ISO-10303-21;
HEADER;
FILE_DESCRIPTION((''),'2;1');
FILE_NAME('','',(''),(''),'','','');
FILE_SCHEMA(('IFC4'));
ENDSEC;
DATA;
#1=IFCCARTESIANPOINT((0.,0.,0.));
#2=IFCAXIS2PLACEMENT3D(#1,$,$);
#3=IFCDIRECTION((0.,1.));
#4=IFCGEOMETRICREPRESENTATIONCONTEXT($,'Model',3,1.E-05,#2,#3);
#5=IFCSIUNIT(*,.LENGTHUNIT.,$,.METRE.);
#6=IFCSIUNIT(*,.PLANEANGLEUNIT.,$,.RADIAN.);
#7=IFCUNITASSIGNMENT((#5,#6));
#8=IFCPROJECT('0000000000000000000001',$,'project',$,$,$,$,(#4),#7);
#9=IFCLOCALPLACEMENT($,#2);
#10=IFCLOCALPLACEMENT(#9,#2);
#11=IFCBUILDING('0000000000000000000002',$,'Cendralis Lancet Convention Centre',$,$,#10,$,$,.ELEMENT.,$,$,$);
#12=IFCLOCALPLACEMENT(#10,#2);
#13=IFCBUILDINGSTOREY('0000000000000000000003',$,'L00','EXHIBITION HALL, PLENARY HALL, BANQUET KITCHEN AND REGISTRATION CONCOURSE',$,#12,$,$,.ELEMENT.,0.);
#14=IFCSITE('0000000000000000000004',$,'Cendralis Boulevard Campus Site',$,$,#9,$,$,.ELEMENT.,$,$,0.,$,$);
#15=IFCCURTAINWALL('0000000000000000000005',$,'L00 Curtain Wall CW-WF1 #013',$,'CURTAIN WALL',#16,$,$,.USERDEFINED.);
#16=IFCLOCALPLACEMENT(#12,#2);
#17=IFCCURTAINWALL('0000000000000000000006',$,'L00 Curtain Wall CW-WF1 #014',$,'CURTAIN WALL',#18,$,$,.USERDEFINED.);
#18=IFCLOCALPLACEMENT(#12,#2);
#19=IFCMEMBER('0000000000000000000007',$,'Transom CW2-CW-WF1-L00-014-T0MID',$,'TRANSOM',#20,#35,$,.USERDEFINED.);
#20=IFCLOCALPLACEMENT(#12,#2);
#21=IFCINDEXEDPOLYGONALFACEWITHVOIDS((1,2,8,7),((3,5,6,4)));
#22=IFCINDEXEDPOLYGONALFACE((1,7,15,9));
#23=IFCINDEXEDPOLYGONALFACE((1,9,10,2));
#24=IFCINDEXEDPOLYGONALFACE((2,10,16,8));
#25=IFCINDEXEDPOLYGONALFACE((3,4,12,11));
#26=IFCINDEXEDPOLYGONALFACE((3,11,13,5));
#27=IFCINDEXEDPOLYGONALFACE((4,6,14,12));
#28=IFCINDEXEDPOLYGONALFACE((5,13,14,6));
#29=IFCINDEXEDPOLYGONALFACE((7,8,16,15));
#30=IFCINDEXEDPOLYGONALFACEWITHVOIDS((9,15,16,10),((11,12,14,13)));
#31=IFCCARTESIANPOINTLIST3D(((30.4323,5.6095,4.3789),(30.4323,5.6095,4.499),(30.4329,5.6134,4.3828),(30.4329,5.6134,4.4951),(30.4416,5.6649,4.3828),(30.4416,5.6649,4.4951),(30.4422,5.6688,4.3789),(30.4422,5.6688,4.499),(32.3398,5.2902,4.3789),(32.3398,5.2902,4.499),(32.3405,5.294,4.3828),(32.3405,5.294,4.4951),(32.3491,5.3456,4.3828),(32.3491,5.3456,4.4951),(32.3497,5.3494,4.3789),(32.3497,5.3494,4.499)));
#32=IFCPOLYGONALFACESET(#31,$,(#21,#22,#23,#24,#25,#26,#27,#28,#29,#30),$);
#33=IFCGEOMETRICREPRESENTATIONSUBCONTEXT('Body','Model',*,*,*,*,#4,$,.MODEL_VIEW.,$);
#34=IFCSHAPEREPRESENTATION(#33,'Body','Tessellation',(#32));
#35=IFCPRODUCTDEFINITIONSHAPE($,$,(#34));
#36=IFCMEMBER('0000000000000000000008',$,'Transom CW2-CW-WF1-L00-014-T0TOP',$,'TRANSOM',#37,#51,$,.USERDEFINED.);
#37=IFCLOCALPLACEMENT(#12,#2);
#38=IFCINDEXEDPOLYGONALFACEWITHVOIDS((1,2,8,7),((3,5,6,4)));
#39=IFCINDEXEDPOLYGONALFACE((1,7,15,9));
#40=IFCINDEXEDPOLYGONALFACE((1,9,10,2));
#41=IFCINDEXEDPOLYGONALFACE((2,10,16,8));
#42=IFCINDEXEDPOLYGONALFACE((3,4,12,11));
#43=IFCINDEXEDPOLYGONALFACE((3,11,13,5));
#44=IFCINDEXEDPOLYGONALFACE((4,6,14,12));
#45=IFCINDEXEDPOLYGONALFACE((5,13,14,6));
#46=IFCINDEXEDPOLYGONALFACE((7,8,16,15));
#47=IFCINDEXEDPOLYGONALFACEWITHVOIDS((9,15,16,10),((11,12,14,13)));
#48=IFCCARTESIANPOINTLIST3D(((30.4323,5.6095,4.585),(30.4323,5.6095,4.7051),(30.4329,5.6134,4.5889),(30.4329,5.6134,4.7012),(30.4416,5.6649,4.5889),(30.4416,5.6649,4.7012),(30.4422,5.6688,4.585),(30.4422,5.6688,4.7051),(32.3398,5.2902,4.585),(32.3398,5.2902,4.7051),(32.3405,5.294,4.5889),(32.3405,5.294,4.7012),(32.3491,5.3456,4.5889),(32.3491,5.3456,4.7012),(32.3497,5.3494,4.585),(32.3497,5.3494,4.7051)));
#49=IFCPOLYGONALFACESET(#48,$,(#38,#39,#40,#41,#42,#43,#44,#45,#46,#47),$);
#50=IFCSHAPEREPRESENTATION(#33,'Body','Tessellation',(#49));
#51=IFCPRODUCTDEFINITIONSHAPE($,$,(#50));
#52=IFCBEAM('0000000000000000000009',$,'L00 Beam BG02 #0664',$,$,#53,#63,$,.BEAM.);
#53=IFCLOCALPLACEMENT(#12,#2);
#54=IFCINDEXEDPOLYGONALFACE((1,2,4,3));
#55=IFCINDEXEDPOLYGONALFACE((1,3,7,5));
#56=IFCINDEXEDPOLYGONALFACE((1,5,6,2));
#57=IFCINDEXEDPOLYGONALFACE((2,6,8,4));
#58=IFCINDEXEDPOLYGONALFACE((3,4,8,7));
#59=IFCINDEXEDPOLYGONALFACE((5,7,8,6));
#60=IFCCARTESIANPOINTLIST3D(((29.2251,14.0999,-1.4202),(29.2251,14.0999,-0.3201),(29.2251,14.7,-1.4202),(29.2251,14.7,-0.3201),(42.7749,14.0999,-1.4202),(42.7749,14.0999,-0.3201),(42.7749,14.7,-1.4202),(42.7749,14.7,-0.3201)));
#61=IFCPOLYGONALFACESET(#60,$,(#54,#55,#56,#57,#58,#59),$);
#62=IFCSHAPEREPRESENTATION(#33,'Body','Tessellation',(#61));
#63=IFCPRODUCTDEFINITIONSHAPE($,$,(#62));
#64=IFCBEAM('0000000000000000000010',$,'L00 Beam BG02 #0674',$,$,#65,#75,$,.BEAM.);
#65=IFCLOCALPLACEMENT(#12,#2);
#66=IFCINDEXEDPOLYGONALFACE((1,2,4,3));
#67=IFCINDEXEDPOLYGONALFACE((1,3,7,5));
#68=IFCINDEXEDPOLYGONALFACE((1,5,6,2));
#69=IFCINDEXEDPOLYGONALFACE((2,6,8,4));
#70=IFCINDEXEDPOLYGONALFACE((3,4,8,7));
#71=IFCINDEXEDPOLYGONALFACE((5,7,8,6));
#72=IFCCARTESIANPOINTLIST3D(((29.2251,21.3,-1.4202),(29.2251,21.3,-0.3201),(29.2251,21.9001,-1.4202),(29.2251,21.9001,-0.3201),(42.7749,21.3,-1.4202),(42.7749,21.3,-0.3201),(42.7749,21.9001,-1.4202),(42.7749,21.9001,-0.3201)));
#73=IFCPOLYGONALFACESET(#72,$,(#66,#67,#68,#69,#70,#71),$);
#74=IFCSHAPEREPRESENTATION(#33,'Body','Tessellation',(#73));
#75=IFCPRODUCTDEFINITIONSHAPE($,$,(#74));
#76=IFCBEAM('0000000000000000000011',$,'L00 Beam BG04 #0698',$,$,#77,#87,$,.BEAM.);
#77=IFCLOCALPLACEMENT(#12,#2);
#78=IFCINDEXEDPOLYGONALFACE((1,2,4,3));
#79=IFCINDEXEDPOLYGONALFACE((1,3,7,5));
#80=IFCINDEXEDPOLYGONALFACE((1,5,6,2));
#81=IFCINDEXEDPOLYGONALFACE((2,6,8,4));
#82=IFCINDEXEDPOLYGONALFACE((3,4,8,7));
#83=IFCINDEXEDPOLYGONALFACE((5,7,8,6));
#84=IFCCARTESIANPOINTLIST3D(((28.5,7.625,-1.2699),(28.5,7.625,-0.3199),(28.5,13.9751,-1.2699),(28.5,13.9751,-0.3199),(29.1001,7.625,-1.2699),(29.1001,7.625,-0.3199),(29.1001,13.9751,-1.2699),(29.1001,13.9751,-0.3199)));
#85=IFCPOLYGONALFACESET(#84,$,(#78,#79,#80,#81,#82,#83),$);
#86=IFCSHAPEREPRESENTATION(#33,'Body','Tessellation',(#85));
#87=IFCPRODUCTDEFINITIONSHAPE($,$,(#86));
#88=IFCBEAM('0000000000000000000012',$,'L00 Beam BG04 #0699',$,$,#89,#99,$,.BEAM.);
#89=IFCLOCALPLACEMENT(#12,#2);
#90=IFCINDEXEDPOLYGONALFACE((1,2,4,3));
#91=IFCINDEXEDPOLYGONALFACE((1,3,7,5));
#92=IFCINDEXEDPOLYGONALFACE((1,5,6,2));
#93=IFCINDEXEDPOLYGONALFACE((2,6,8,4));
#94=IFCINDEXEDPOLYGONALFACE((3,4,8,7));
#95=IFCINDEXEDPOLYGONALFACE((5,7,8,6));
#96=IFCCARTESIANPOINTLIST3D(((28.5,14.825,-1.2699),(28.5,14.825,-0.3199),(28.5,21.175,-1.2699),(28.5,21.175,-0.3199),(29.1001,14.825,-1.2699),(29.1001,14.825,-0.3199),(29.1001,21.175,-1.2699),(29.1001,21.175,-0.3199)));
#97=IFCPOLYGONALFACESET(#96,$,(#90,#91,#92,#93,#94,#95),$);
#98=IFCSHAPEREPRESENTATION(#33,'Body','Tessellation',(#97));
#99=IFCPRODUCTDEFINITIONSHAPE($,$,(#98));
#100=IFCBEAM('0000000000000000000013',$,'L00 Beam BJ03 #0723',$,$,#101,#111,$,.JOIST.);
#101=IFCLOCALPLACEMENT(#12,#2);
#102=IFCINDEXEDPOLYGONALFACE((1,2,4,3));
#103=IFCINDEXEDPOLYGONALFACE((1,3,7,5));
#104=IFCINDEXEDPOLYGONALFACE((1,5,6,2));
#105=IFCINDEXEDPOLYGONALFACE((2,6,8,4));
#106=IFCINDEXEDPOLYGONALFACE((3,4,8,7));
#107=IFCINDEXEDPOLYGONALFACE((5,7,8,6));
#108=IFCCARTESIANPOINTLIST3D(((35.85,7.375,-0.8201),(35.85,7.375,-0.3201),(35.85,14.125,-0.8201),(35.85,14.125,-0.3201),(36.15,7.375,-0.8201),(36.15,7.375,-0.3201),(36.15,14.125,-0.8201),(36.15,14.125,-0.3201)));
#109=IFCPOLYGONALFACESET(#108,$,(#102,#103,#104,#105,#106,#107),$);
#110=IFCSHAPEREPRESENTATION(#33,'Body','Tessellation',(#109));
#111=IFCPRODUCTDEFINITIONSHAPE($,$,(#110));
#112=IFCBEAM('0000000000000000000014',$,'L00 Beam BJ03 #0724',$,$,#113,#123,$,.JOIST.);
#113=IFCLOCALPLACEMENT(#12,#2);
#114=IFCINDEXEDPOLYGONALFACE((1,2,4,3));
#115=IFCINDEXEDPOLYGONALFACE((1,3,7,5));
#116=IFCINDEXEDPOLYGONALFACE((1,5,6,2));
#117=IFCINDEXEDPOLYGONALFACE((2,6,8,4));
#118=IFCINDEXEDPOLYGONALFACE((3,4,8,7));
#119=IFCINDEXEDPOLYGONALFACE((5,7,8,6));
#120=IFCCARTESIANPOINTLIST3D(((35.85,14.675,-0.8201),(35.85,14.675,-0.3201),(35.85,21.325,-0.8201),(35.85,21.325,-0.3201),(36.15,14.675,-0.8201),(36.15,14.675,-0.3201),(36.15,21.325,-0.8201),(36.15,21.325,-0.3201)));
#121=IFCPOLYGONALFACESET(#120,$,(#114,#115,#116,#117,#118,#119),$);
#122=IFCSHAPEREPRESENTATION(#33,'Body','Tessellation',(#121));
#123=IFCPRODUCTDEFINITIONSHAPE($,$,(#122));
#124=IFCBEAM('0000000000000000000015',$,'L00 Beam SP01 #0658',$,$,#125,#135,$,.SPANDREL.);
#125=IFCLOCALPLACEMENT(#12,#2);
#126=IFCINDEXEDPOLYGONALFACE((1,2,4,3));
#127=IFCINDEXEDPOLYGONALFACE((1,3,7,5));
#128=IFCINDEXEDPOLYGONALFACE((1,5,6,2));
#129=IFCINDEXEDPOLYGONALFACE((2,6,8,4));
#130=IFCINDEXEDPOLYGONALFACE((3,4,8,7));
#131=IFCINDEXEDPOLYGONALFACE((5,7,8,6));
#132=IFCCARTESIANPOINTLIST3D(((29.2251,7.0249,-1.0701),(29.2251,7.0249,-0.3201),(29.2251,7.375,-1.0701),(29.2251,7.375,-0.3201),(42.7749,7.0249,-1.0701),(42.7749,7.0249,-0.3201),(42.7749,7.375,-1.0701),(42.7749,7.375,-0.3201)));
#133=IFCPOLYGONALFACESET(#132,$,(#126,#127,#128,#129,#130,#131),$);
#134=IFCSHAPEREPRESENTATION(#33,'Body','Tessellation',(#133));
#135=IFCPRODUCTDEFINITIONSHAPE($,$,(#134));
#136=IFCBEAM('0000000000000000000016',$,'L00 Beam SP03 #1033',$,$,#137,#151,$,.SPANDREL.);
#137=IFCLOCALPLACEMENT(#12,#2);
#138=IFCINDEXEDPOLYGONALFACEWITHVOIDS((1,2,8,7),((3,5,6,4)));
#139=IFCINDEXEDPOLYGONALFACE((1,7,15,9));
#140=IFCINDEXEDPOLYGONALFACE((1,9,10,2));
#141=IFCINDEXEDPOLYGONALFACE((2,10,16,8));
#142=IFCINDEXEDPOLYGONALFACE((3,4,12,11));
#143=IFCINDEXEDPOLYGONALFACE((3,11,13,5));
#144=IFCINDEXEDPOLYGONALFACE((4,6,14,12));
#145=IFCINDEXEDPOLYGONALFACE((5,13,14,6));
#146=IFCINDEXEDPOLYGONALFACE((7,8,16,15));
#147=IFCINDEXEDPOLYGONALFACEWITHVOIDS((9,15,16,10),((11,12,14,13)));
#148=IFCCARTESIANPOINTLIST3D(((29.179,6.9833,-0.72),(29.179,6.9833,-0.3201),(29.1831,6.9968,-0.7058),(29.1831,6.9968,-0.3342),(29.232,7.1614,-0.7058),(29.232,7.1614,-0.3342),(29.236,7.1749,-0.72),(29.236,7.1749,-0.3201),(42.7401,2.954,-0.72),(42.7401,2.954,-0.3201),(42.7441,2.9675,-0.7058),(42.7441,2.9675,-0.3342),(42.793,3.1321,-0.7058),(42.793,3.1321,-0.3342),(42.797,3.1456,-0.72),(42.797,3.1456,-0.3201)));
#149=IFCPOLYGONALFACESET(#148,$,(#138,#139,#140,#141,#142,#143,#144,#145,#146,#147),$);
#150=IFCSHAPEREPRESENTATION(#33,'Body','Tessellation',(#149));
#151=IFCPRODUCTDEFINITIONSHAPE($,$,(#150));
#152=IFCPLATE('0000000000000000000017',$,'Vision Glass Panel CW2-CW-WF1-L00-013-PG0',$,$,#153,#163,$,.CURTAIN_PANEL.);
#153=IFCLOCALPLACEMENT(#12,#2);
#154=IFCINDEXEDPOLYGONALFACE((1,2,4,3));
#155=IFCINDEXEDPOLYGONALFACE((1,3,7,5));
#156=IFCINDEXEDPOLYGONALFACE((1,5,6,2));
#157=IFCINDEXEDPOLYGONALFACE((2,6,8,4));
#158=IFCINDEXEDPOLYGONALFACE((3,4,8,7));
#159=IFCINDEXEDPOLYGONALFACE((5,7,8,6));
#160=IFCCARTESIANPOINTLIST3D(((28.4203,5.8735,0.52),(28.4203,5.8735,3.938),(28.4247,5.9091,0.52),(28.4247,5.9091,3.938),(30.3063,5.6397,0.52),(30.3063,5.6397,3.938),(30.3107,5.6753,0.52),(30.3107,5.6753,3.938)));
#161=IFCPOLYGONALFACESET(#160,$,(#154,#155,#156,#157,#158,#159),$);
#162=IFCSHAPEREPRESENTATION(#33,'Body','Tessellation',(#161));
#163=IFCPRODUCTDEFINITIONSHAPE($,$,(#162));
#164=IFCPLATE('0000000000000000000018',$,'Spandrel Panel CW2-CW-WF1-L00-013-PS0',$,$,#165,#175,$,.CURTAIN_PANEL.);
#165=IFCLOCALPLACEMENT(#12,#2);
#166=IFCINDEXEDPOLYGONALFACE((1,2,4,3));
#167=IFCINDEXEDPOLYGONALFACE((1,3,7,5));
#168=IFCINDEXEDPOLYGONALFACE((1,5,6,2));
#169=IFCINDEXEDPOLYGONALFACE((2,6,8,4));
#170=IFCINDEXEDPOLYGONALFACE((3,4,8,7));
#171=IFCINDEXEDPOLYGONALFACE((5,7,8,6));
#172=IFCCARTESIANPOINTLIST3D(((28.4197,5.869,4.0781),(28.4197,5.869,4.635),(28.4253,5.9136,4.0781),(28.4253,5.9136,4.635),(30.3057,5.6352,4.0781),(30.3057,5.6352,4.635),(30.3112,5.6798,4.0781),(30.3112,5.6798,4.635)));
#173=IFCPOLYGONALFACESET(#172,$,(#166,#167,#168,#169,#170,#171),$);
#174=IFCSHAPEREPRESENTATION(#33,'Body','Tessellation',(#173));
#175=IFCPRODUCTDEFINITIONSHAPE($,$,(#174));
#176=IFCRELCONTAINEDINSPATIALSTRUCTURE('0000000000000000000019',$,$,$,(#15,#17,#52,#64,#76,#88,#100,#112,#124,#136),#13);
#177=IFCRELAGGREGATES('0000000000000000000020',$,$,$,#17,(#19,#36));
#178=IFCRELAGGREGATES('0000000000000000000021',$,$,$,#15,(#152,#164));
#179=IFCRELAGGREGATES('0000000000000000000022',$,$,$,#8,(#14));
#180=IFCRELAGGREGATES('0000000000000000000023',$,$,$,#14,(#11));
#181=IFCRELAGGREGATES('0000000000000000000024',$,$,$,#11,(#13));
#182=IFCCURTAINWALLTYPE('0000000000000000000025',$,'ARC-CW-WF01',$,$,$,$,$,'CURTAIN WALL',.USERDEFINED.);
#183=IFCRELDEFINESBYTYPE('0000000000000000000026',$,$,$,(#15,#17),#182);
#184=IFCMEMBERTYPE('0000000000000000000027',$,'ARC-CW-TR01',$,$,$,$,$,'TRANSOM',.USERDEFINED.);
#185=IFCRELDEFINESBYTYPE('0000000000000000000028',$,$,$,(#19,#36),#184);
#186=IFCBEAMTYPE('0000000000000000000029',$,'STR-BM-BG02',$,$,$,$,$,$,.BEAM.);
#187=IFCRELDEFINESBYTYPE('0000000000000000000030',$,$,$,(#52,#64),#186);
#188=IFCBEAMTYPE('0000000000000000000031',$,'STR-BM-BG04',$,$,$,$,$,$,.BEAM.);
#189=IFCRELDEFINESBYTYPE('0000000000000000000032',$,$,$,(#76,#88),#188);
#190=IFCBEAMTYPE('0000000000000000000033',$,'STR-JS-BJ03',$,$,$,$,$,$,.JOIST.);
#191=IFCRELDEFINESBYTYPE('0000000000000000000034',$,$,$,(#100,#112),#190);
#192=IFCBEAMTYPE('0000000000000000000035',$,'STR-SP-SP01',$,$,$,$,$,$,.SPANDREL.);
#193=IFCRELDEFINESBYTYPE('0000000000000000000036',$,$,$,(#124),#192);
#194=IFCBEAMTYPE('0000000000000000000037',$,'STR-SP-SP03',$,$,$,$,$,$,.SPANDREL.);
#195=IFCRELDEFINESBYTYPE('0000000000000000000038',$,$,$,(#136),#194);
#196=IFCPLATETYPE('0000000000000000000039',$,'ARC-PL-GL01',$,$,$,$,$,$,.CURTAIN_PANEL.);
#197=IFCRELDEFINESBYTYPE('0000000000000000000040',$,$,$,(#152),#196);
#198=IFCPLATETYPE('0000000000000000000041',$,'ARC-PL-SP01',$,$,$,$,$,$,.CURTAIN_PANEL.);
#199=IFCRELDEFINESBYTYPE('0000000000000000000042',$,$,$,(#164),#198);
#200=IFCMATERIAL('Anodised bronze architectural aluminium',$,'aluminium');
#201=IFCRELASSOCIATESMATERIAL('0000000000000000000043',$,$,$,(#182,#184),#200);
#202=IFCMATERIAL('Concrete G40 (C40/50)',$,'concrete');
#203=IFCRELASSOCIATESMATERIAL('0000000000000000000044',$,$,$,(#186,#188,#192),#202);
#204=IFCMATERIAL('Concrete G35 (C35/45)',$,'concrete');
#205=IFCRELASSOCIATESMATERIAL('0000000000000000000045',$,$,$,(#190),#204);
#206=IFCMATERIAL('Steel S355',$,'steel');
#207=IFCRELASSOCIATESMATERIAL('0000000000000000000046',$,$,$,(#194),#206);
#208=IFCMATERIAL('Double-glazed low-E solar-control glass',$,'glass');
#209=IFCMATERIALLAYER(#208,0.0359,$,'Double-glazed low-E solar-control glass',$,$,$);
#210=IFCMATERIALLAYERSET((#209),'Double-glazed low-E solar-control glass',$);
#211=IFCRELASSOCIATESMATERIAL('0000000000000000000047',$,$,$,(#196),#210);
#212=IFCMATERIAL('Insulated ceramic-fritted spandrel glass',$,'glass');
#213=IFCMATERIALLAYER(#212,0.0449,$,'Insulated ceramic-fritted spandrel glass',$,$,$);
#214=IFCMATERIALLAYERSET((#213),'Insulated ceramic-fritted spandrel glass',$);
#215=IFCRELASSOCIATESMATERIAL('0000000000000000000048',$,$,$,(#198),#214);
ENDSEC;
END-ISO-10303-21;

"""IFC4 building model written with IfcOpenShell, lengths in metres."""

from ifc_helpers import new_model, si_unit, direction, frame, origin, origin_2d, place, context, subcontext, project, spatial, rectangle, hollow_rectangle, extrude, material, layer, layer_set, material_profile, profile_set, type_object, element, aggregate, save


model = new_model("IFC4")

# Units and contexts
model_context = context("Model", 3, precision=1e-05, world=origin(), true_north=direction((0.0, 1.0)))
body_context = subcontext(model_context, "Body", "Model", "MODEL_VIEW")
ifc_project = project(units=[si_unit("LENGTHUNIT", "METRE"), si_unit("PLANEANGLEUNIT", "RADIAN")], contexts=[model_context])

# Site, building, storey
site_placement = place(None, origin())
site = spatial("IfcSite", under=ifc_project, at=site_placement, Name="Cendralis Boulevard Campus Site", CompositionType="ELEMENT", RefElevation=0.0)
building_placement = place(site_placement, origin())
building = spatial("IfcBuilding", under=site, at=building_placement, Name="Cendralis Lancet Convention Centre", CompositionType="ELEMENT")
storey_placement = place(building_placement, origin())
storey = spatial("IfcBuildingStorey", under=building, at=storey_placement, Name="L00", Description="EXHIBITION HALL, PLENARY HALL, BANQUET KITCHEN AND REGISTRATION CONCOURSE", CompositionType="ELEMENT", Elevation=0.0)

# Shared definitions
ifc_material_1 = material(Name="Concrete G35 (C35/45)", Category="concrete")

# Shared definitions
ifc_material_2 = material(Name="Concrete G40 (C40/50)", Category="concrete")

# Curtain wall
ifc_material_3 = material(Name="Anodised bronze architectural aluminium", Category="aluminium")
curtain_wall_type = type_object("IfcCurtainWallType", Name="ARC-CW-WF01", ElementType="CURTAIN WALL", PredefinedType="USERDEFINED", material=ifc_material_3)
curtain_wall_1_placement = place(storey_placement, origin())
curtain_wall_1 = element("IfcCurtainWall", 1, at=curtain_wall_1_placement, inside=storey, type_object=curtain_wall_type, Name="L00 Curtain Wall CW-WF1 #013", ObjectType="CURTAIN WALL", PredefinedType="USERDEFINED")

# Curtain wall, members
curtain_wall_2_placement = place(storey_placement, origin())
curtain_wall_2 = element("IfcCurtainWall", 2, at=curtain_wall_2_placement, inside=storey, type_object=curtain_wall_type, Name="L00 Curtain Wall CW-WF1 #014", ObjectType="CURTAIN WALL", PredefinedType="USERDEFINED")
ifc_material_profile_1 = material_profile(ifc_material_3, hollow_rectangle(XDim=0.0601, YDim=0.1201, WallThickness=0.0039, at=origin_2d()), Name="AL-TRAN 60x120x4.0")
ifc_profile_set_1 = profile_set([ifc_material_profile_1], Name="Anodised bronze architectural aluminium")
member_type_1 = type_object("IfcMemberType", Name="ARC-CW-TR01", ElementType="TRANSOM", PredefinedType="USERDEFINED", material=ifc_profile_set_1)
member_1_placement = place(storey_placement, frame((30.4373, 5.6392, 4.439), z_axis=(0.986274, -0.165115, 0.0), x_axis=(0.165115, 0.986274, 0.0)))
member_1 = element("IfcMember", 3, at=member_1_placement, type_object=member_type_1, Name="Transom CW2-CW-WF1-L00-014-T0MID", ObjectType="TRANSOM", PredefinedType="USERDEFINED", context=body_context, shape_type="SweptSolid", body=[
    extrude(hollow_rectangle(XDim=0.0601, YDim=0.1201, WallThickness=0.0039, at=origin_2d()), origin(), (0.0, 0.0, 1.0), 1.9341),
])
member_2_placement = place(storey_placement, frame((30.4373, 5.6392, 4.645), z_axis=(0.986274, -0.165115, 0.0), x_axis=(0.165115, 0.986274, 0.0)))
member_2 = element("IfcMember", 4, at=member_2_placement, type_object=member_type_1, Name="Transom CW2-CW-WF1-L00-014-T0TOP", ObjectType="TRANSOM", PredefinedType="USERDEFINED", context=body_context, shape_type="SweptSolid", body=[
    extrude(hollow_rectangle(XDim=0.0601, YDim=0.1201, WallThickness=0.0039, at=origin_2d()), origin(), (0.0, 0.0, 1.0), 1.9341),
])
aggregate(curtain_wall_2, [member_1, member_2])

# Beams
ifc_material_profile_2 = material_profile(ifc_material_2, rectangle(XDim=0.6001, YDim=1.1001, at=origin_2d()), Name="RCB 600x1100")
ifc_profile_set_2 = profile_set([ifc_material_profile_2], Name="Concrete G40 (C40/50)")
beam_type_1 = type_object("IfcBeamType", Name="STR-BM-BG02", PredefinedType="BEAM", material=ifc_profile_set_2)
for number, where, z_axis, x_axis, name in (
    (5, (29.2251, 14.3999, -0.8701), (1.0, 0.0, 0.0), (0.0, 1.0, 0.0), "L00 Beam BG02 #0664"),
    (6, (29.2251, 21.6001, -0.8701), (1.0, 0.0, 0.0), (0.0, 1.0, 0.0), "L00 Beam BG02 #0674"),
):
    element("IfcBeam", number, at=place(storey_placement, frame(where, z_axis=z_axis, x_axis=x_axis)), inside=storey, type_object=beam_type_1, Name=name, PredefinedType="BEAM", context=body_context, shape_type="SweptSolid", body=[
        extrude(rectangle(XDim=0.6001, YDim=1.1001, at=origin_2d()), origin(), (0.0, 0.0, 1.0), 13.5498),
    ])
ifc_material_profile_3 = material_profile(ifc_material_2, rectangle(XDim=0.6001, YDim=0.95, at=origin_2d()), Name="RCB 600x950")
ifc_profile_set_3 = profile_set([ifc_material_profile_3], Name="Concrete G40 (C40/50)")
beam_type_2 = type_object("IfcBeamType", Name="STR-BM-BG04", PredefinedType="BEAM", material=ifc_profile_set_3)
for number, where, z_axis, x_axis, name in (
    (7, (28.8, 7.625, -0.7949), (0.0, 1.0, 0.0), (-1.0, 0.0, 0.0), "L00 Beam BG04 #0698"),
    (8, (28.8, 14.825, -0.7949), (0.0, 1.0, 0.0), (-1.0, 0.0, 0.0), "L00 Beam BG04 #0699"),
):
    element("IfcBeam", number, at=place(storey_placement, frame(where, z_axis=z_axis, x_axis=x_axis)), inside=storey, type_object=beam_type_2, Name=name, PredefinedType="BEAM", context=body_context, shape_type="SweptSolid", body=[
        extrude(rectangle(XDim=0.6001, YDim=0.95, at=origin_2d()), origin(), (0.0, 0.0, 1.0), 6.3501),
    ])
ifc_material_profile_4 = material_profile(ifc_material_1, rectangle(XDim=0.3, YDim=0.5, at=origin_2d()), Name="RCB 300x500")
ifc_profile_set_4 = profile_set([ifc_material_profile_4], Name="Concrete G35 (C35/45)")
beam_type_3 = type_object("IfcBeamType", Name="STR-JS-BJ03", PredefinedType="JOIST", material=ifc_profile_set_4)
beam_1_placement = place(storey_placement, frame((36.0, 7.375, -0.5701), z_axis=(0.0, 1.0, 0.0), x_axis=(-1.0, 0.0, 0.0)))
element("IfcBeam", 9, at=beam_1_placement, inside=storey, type_object=beam_type_3, Name="L00 Beam BJ03 #0723", PredefinedType="JOIST", context=body_context, shape_type="SweptSolid", body=[
    extrude(rectangle(XDim=0.3, YDim=0.5, at=origin_2d()), origin(), (0.0, 0.0, 1.0), 6.75),
])
beam_2_placement = place(storey_placement, frame((36.0, 14.675, -0.5701), z_axis=(0.0, 1.0, 0.0), x_axis=(-1.0, 0.0, 0.0)))
element("IfcBeam", 10, at=beam_2_placement, inside=storey, type_object=beam_type_3, Name="L00 Beam BJ03 #0724", PredefinedType="JOIST", context=body_context, shape_type="SweptSolid", body=[
    extrude(rectangle(XDim=0.3, YDim=0.5, at=origin_2d()), origin(), (0.0, 0.0, 1.0), 6.6499),
])
ifc_material_profile_5 = material_profile(ifc_material_2, rectangle(XDim=0.3501, YDim=0.75, at=origin_2d()), Name="RCB 350x750")
ifc_profile_set_5 = profile_set([ifc_material_profile_5], Name="Concrete G40 (C40/50)")
beam_type_4 = type_object("IfcBeamType", Name="STR-SP-SP01", PredefinedType="SPANDREL", material=ifc_profile_set_5)
beam_3_placement = place(storey_placement, frame((29.2251, 7.2, -0.6951), z_axis=(1.0, 0.0, 0.0), x_axis=(0.0, 1.0, 0.0)))
element("IfcBeam", 11, at=beam_3_placement, inside=storey, type_object=beam_type_4, Name="L00 Beam SP01 #0658", PredefinedType="SPANDREL", context=body_context, shape_type="SweptSolid", body=[
    extrude(rectangle(XDim=0.3501, YDim=0.75, at=origin_2d()), origin(), (0.0, 0.0, 1.0), 13.5498),
])
ifc_material_4 = material(Name="Steel S355", Category="steel")
ifc_material_profile_6 = material_profile(ifc_material_4, hollow_rectangle(XDim=0.2, YDim=0.3999, WallThickness=0.0142, at=origin_2d()), Name="RHS 400x200x14.2")
ifc_profile_set_6 = profile_set([ifc_material_profile_6], Name="Steel S355")
beam_type_5 = type_object("IfcBeamType", Name="STR-SP-SP03", PredefinedType="SPANDREL", material=ifc_profile_set_6)
beam_4_placement = place(storey_placement, frame((29.2075, 7.0791, -0.52), z_axis=(0.958582, -0.284817, 0.0), x_axis=(0.284817, 0.958582, 0.0)))
element("IfcBeam", 12, at=beam_4_placement, inside=storey, type_object=beam_type_5, Name="L00 Beam SP03 #1033", PredefinedType="SPANDREL", context=body_context, shape_type="SweptSolid", body=[
    extrude(hollow_rectangle(XDim=0.2, YDim=0.3999, WallThickness=0.0142, at=origin_2d()), origin(), (0.0, 0.0, 1.0), 14.147),
])

# Plates
ifc_material_5 = material(Name="Double-glazed low-E solar-control glass", Category="glass")
ifc_layer_1 = layer(ifc_material_5, 0.0359, Name="Double-glazed low-E solar-control glass")
ifc_layer_set_1 = layer_set([ifc_layer_1], Name="Double-glazed low-E solar-control glass")
plate_type_1 = type_object("IfcPlateType", Name="ARC-PL-GL01", PredefinedType="CURTAIN_PANEL", material=ifc_layer_set_1)
plate_1_placement = place(storey_placement, frame((29.3655, 5.7744, 0.52), z_axis=(0.0, 0.0, 1.0), x_axis=(0.992406, -0.123009, 0.0)))
plate_1 = element("IfcPlate", 13, at=plate_1_placement, type_object=plate_type_1, Name="Vision Glass Panel CW2-CW-WF1-L00-013-PG0", PredefinedType="CURTAIN_PANEL", context=body_context, shape_type="SweptSolid", body=[
    extrude(rectangle(XDim=1.9004, YDim=0.0359, at=origin_2d()), origin(), (0.0, 0.0, 1.0), 3.418),
])
ifc_material_6 = material(Name="Insulated ceramic-fritted spandrel glass", Category="glass")
ifc_layer_2 = layer(ifc_material_6, 0.0449, Name="Insulated ceramic-fritted spandrel glass")
ifc_layer_set_2 = layer_set([ifc_layer_2], Name="Insulated ceramic-fritted spandrel glass")
plate_type_2 = type_object("IfcPlateType", Name="ARC-PL-SP01", PredefinedType="CURTAIN_PANEL", material=ifc_layer_set_2)
plate_2_placement = place(storey_placement, frame((29.3655, 5.7744, 4.0781), z_axis=(0.0, 0.0, 1.0), x_axis=(0.992406, -0.123009, 0.0)))
plate_2 = element("IfcPlate", 14, at=plate_2_placement, type_object=plate_type_2, Name="Spandrel Panel CW2-CW-WF1-L00-013-PS0", PredefinedType="CURTAIN_PANEL", context=body_context, shape_type="SweptSolid", body=[
    extrude(rectangle(XDim=1.9004, YDim=0.0449, at=origin_2d()), origin(), (0.0, 0.0, 1.0), 0.5569),
])
aggregate(curtain_wall_1, [plate_1, plate_2])

save(model, "model.ifc")
